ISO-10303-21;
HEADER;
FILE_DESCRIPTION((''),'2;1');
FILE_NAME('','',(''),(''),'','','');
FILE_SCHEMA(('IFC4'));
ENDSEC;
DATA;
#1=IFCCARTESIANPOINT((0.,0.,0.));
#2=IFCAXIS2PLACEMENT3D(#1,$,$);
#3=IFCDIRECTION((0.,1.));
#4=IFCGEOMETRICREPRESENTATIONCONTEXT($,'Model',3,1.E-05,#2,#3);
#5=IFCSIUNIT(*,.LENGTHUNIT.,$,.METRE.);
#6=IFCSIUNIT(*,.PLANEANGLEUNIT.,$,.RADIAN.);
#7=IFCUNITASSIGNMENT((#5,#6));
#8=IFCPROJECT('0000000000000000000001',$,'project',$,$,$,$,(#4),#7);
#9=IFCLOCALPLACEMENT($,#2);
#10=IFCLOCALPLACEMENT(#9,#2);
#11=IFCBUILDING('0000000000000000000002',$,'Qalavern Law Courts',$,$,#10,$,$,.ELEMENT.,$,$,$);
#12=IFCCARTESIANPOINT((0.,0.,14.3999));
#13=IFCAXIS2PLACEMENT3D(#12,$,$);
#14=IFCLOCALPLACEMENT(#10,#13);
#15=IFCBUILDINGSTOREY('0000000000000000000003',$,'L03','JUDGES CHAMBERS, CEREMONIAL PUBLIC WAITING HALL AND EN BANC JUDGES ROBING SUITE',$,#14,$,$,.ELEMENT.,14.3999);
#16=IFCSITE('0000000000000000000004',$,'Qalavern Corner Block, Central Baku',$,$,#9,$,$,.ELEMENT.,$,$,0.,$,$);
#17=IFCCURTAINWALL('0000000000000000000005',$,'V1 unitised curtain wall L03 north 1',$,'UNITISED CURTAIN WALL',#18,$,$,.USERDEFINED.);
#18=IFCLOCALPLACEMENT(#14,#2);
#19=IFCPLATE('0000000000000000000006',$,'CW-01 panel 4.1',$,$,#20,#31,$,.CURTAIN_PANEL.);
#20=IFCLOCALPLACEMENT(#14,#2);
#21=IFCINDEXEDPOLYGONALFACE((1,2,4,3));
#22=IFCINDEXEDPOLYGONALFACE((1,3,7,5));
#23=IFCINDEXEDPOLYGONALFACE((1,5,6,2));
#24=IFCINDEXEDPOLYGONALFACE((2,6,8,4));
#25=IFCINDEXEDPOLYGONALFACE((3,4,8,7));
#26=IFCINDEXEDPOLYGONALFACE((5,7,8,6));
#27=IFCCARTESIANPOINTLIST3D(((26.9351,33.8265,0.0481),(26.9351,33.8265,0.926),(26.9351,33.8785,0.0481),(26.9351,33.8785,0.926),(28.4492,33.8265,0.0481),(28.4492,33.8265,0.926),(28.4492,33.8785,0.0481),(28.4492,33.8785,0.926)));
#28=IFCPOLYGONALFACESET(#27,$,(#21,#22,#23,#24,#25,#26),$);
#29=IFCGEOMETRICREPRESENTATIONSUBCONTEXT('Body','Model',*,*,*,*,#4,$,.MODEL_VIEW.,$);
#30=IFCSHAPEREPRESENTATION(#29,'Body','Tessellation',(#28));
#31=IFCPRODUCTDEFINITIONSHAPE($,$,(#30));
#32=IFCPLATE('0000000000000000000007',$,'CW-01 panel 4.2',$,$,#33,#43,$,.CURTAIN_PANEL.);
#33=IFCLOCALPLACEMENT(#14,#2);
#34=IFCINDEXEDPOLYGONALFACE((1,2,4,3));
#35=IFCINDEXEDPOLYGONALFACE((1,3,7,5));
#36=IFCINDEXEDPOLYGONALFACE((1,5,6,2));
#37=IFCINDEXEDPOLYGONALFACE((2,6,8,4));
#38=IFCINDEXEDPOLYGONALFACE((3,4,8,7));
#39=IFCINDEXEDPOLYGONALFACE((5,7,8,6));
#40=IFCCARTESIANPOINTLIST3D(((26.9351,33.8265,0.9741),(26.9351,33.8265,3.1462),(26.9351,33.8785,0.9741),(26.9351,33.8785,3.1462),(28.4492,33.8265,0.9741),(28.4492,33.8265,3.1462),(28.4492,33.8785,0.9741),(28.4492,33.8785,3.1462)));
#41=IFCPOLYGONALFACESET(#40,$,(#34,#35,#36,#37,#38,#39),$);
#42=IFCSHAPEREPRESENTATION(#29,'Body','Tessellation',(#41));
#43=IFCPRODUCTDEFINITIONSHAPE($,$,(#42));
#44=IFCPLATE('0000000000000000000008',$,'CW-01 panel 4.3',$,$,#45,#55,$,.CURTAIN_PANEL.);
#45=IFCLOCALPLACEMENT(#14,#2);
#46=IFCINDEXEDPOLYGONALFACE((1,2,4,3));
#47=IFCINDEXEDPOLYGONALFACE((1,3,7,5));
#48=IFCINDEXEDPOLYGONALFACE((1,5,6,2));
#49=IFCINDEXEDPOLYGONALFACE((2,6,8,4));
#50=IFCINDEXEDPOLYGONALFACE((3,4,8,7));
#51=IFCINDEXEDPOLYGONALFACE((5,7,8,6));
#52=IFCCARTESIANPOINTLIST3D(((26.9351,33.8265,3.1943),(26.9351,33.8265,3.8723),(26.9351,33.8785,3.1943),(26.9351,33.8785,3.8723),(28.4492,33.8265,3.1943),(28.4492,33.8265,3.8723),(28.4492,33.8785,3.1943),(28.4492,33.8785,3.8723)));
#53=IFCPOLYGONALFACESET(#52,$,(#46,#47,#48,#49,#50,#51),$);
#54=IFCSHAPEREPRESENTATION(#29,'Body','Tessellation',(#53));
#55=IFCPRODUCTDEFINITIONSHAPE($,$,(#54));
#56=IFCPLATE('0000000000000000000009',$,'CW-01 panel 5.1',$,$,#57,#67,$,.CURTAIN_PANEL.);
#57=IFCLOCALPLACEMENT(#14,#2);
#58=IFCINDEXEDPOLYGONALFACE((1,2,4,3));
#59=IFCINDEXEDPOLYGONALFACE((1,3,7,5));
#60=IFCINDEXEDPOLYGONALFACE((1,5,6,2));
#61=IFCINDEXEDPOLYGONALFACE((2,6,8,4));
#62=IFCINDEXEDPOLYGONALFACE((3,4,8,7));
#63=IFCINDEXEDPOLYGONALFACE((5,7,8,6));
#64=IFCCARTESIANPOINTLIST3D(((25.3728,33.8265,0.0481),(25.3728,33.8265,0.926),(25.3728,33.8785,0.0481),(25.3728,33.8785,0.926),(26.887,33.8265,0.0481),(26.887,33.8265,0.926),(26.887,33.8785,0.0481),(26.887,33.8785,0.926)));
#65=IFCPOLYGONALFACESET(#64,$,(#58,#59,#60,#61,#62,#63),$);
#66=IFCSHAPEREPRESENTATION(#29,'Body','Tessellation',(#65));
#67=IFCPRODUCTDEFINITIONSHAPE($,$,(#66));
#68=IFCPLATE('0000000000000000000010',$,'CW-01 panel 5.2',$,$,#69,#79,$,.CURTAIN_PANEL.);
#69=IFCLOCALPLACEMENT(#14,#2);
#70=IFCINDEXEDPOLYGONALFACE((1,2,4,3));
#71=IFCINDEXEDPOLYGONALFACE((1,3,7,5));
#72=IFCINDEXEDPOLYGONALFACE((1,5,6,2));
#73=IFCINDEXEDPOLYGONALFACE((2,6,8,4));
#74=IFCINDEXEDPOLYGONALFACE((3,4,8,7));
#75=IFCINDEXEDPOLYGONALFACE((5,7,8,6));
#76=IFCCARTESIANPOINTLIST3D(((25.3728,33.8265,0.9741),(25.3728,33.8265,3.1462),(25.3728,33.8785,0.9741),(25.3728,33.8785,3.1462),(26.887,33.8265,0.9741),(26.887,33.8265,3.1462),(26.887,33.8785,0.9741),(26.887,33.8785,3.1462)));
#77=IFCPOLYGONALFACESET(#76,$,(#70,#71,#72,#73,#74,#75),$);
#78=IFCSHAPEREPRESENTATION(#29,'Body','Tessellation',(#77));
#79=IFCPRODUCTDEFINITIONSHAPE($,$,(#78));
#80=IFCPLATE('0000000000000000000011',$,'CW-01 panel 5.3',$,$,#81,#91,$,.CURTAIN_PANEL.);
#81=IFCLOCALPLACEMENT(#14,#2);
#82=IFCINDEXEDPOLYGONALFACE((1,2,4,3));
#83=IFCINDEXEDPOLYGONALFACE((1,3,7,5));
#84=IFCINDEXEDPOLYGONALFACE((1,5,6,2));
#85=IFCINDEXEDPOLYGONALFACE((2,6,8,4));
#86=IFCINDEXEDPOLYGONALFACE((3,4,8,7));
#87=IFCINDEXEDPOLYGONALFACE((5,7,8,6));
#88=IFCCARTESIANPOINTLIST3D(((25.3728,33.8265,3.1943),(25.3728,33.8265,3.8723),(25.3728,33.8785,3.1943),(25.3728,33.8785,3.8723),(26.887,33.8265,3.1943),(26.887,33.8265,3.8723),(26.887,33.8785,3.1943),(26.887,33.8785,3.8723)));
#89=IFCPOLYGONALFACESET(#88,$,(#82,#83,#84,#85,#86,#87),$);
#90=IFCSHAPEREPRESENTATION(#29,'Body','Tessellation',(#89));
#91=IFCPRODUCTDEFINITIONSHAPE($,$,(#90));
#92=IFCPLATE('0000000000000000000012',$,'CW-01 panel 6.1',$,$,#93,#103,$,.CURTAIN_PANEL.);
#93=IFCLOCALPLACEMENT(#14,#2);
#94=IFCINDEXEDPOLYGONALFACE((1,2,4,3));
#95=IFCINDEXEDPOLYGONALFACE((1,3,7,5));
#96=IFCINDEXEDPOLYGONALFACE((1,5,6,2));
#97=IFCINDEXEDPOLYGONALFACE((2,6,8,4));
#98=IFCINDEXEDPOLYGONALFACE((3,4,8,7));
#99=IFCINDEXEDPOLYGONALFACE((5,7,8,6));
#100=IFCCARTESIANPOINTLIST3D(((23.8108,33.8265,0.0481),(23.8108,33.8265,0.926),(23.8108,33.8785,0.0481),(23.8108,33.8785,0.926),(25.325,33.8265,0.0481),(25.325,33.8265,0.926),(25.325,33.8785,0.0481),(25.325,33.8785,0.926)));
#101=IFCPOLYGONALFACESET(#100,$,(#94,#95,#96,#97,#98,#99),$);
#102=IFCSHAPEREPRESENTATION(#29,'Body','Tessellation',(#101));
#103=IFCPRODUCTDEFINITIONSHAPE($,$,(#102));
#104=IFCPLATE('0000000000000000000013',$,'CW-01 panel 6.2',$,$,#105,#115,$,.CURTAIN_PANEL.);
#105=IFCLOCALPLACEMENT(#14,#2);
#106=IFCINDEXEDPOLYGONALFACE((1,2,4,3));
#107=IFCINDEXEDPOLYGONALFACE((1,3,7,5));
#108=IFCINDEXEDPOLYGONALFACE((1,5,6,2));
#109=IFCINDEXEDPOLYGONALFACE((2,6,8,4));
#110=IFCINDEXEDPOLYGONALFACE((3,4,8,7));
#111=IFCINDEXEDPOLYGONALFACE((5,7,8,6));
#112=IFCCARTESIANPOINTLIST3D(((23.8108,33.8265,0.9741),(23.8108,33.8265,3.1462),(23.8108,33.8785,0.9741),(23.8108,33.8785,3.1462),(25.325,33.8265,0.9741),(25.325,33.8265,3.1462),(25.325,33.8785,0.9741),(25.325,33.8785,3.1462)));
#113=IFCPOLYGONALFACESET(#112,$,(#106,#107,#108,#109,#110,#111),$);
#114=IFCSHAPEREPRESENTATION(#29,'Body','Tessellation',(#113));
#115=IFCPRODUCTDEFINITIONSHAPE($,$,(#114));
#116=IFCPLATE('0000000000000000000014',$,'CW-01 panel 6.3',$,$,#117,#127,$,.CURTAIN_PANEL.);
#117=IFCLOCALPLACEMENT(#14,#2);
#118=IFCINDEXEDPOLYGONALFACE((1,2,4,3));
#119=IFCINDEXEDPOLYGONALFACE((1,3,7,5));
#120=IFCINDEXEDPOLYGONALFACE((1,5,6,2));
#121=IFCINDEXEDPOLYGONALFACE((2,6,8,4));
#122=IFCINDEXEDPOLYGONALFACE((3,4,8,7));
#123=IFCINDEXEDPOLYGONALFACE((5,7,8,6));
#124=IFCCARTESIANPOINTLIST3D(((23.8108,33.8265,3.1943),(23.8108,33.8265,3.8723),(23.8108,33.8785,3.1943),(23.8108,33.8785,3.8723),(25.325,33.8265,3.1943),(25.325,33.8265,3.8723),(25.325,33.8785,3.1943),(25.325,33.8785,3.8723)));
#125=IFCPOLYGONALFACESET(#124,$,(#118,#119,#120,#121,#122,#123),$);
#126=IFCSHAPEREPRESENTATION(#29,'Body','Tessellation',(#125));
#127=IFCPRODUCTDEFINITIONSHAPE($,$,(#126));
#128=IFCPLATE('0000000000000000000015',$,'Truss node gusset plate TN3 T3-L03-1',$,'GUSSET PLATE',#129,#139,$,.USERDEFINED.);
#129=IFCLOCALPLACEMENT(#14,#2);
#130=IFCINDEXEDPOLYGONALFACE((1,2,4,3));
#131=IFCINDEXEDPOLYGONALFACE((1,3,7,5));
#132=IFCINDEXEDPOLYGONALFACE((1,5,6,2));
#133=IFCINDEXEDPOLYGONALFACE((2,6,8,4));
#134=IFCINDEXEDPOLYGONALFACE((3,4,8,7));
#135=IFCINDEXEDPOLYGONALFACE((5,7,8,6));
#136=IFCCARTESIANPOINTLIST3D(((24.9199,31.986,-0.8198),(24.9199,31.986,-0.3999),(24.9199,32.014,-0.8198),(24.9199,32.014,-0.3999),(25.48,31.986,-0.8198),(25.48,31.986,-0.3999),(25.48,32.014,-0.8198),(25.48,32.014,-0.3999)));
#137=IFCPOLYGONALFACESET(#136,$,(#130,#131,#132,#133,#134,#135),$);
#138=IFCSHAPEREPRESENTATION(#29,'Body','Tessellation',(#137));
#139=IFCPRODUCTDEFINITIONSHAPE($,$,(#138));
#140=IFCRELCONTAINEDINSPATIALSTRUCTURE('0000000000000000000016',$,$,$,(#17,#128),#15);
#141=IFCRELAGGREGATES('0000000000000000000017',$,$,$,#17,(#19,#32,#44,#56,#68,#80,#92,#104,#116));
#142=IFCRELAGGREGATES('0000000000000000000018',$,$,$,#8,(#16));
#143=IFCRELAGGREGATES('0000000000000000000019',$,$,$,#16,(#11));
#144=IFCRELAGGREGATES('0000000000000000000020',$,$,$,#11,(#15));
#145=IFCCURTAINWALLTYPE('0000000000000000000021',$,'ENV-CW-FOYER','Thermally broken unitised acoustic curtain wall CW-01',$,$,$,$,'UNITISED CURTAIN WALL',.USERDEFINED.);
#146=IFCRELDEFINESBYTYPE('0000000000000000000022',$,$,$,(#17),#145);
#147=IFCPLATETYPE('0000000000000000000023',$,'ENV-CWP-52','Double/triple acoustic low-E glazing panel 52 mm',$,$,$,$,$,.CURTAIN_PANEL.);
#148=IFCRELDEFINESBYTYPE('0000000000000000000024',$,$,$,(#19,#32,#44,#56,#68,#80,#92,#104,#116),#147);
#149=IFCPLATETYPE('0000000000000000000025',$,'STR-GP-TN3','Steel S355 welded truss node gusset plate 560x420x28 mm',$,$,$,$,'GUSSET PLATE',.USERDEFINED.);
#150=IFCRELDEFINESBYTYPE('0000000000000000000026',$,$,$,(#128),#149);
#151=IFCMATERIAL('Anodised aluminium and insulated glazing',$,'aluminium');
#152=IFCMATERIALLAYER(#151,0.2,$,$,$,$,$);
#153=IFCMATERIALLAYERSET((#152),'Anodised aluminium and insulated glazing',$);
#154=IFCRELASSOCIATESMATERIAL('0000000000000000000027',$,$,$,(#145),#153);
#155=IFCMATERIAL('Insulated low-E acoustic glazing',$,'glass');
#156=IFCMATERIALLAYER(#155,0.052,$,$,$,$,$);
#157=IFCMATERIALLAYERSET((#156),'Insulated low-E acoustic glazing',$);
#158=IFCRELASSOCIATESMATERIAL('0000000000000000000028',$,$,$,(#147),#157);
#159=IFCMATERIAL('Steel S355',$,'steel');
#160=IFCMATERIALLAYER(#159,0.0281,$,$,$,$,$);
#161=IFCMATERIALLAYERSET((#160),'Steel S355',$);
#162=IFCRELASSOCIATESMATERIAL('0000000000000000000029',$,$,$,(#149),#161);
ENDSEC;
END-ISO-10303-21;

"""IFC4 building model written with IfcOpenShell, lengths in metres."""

from ifc_helpers import new_model, si_unit, direction, frame, origin, origin_2d, place, context, subcontext, project, spatial, rectangle, extrude, material, layer, layer_set, type_object, element, aggregate, save


model = new_model("IFC4")

# Units and contexts
model_context = context("Model", 3, precision=1e-05, world=origin(), true_north=direction((0.0, 1.0)))
body_context = subcontext(model_context, "Body", "Model", "MODEL_VIEW")
ifc_project = project(units=[si_unit("LENGTHUNIT", "METRE"), si_unit("PLANEANGLEUNIT", "RADIAN")], contexts=[model_context])

# Site, building, storey
site_placement = place(None, origin())
site = spatial("IfcSite", under=ifc_project, at=site_placement, Name="Qalavern Corner Block, Central Baku", CompositionType="ELEMENT", RefElevation=0.0)
building_placement = place(site_placement, origin())
building = spatial("IfcBuilding", under=site, at=building_placement, Name="Qalavern Law Courts", CompositionType="ELEMENT")
storey_placement = place(building_placement, frame((0.0, 0.0, 14.3999)))
storey = spatial("IfcBuildingStorey", under=building, at=storey_placement, Name="L03", Description="JUDGES CHAMBERS, CEREMONIAL PUBLIC WAITING HALL AND EN BANC JUDGES ROBING SUITE", CompositionType="ELEMENT", Elevation=14.3999)

# Curtain wall
ifc_material_1 = material(Name="Anodised aluminium and insulated glazing", Category="aluminium")
ifc_layer_1 = layer(ifc_material_1, 0.2)
ifc_layer_set_1 = layer_set([ifc_layer_1], Name="Anodised aluminium and insulated glazing")
curtain_wall_type = type_object("IfcCurtainWallType", Name="ENV-CW-FOYER", Description="Thermally broken unitised acoustic curtain wall CW-01", ElementType="UNITISED CURTAIN WALL", PredefinedType="USERDEFINED", material=ifc_layer_set_1)
curtain_wall_placement = place(storey_placement, origin())
curtain_wall = element("IfcCurtainWall", 1, at=curtain_wall_placement, inside=storey, type_object=curtain_wall_type, Name="V1 unitised curtain wall L03 north 1", ObjectType="UNITISED CURTAIN WALL", PredefinedType="USERDEFINED")

# Shared definitions
ifc_material_2 = material(Name="Steel S355", Category="steel")

# Plates
ifc_material_3 = material(Name="Insulated low-E acoustic glazing", Category="glass")
ifc_layer_2 = layer(ifc_material_3, 0.052)
ifc_layer_set_2 = layer_set([ifc_layer_2], Name="Insulated low-E acoustic glazing")
plate_type_1 = type_object("IfcPlateType", Name="ENV-CWP-52", Description="Double/triple acoustic low-E glazing panel 52 mm", PredefinedType="CURTAIN_PANEL", material=ifc_layer_set_2)
plate_1_placement = place(storey_placement, frame((27.6921, 33.8525, 0.0481), z_axis=(0.0, 0.0, 1.0), x_axis=(-1.0, 0.0, 0.0)))
plate_1 = element("IfcPlate", 2, at=plate_1_placement, type_object=plate_type_1, Name="CW-01 panel 4.1", PredefinedType="CURTAIN_PANEL", context=body_context, shape_type="SweptSolid", body=[
    extrude(rectangle(XDim=1.5142, YDim=0.052, at=origin_2d()), origin(), (0.0, 0.0, 1.0), 0.8779),
])
plate_2_placement = place(storey_placement, frame((27.6921, 33.8525, 0.9741), z_axis=(0.0, 0.0, 1.0), x_axis=(-1.0, 0.0, 0.0)))
plate_2 = element("IfcPlate", 3, at=plate_2_placement, type_object=plate_type_1, Name="CW-01 panel 4.2", PredefinedType="CURTAIN_PANEL", context=body_context, shape_type="SweptSolid", body=[
    extrude(rectangle(XDim=1.5142, YDim=0.052, at=origin_2d()), origin(), (0.0, 0.0, 1.0), 2.1721),
])
plate_3_placement = place(storey_placement, frame((27.6921, 33.8525, 3.1943), z_axis=(0.0, 0.0, 1.0), x_axis=(-1.0, 0.0, 0.0)))
plate_3 = element("IfcPlate", 4, at=plate_3_placement, type_object=plate_type_1, Name="CW-01 panel 4.3", PredefinedType="CURTAIN_PANEL", context=body_context, shape_type="SweptSolid", body=[
    extrude(rectangle(XDim=1.5142, YDim=0.052, at=origin_2d()), origin(), (0.0, 0.0, 1.0), 0.678),
])
plate_4_placement = place(storey_placement, frame((26.1299, 33.8525, 0.0481), z_axis=(0.0, 0.0, 1.0), x_axis=(-1.0, 0.0, 0.0)))
plate_4 = element("IfcPlate", 5, at=plate_4_placement, type_object=plate_type_1, Name="CW-01 panel 5.1", PredefinedType="CURTAIN_PANEL", context=body_context, shape_type="SweptSolid", body=[
    extrude(rectangle(XDim=1.5142, YDim=0.052, at=origin_2d()), origin(), (0.0, 0.0, 1.0), 0.8779),
])
plate_5_placement = place(storey_placement, frame((26.1299, 33.8525, 0.9741), z_axis=(0.0, 0.0, 1.0), x_axis=(-1.0, 0.0, 0.0)))
plate_5 = element("IfcPlate", 6, at=plate_5_placement, type_object=plate_type_1, Name="CW-01 panel 5.2", PredefinedType="CURTAIN_PANEL", context=body_context, shape_type="SweptSolid", body=[
    extrude(rectangle(XDim=1.5142, YDim=0.052, at=origin_2d()), origin(), (0.0, 0.0, 1.0), 2.1721),
])
plate_6_placement = place(storey_placement, frame((26.1299, 33.8525, 3.1943), z_axis=(0.0, 0.0, 1.0), x_axis=(-1.0, 0.0, 0.0)))
plate_6 = element("IfcPlate", 7, at=plate_6_placement, type_object=plate_type_1, Name="CW-01 panel 5.3", PredefinedType="CURTAIN_PANEL", context=body_context, shape_type="SweptSolid", body=[
    extrude(rectangle(XDim=1.5142, YDim=0.052, at=origin_2d()), origin(), (0.0, 0.0, 1.0), 0.678),
])
plate_7_placement = place(storey_placement, frame((24.5679, 33.8525, 0.0481), z_axis=(0.0, 0.0, 1.0), x_axis=(-1.0, 0.0, 0.0)))
plate_7 = element("IfcPlate", 8, at=plate_7_placement, type_object=plate_type_1, Name="CW-01 panel 6.1", PredefinedType="CURTAIN_PANEL", context=body_context, shape_type="SweptSolid", body=[
    extrude(rectangle(XDim=1.5142, YDim=0.052, at=origin_2d()), origin(), (0.0, 0.0, 1.0), 0.8779),
])
plate_8_placement = place(storey_placement, frame((24.5679, 33.8525, 0.9741), z_axis=(0.0, 0.0, 1.0), x_axis=(-1.0, 0.0, 0.0)))
plate_8 = element("IfcPlate", 9, at=plate_8_placement, type_object=plate_type_1, Name="CW-01 panel 6.2", PredefinedType="CURTAIN_PANEL", context=body_context, shape_type="SweptSolid", body=[
    extrude(rectangle(XDim=1.5142, YDim=0.052, at=origin_2d()), origin(), (0.0, 0.0, 1.0), 2.1721),
])
plate_9_placement = place(storey_placement, frame((24.5679, 33.8525, 3.1943), z_axis=(0.0, 0.0, 1.0), x_axis=(-1.0, 0.0, 0.0)))
plate_9 = element("IfcPlate", 10, at=plate_9_placement, type_object=plate_type_1, Name="CW-01 panel 6.3", PredefinedType="CURTAIN_PANEL", context=body_context, shape_type="SweptSolid", body=[
    extrude(rectangle(XDim=1.5142, YDim=0.052, at=origin_2d()), origin(), (0.0, 0.0, 1.0), 0.678),
])
aggregate(curtain_wall, [plate_1, plate_2, plate_3, plate_4, plate_5, plate_6, plate_7, plate_8, plate_9])
ifc_layer_3 = layer(ifc_material_2, 0.0281)
ifc_layer_set_3 = layer_set([ifc_layer_3], Name="Steel S355")
plate_type_2 = type_object("IfcPlateType", Name="STR-GP-TN3", Description="Steel S355 welded truss node gusset plate 560x420x28 mm", ElementType="GUSSET PLATE", PredefinedType="USERDEFINED", material=ifc_layer_set_3)
plate_10_placement = place(storey_placement, frame((25.2, 32.0, -0.8198), z_axis=(0.0, 0.0, 1.0), x_axis=(1.0, 0.0, 0.0)))
element("IfcPlate", 11, at=plate_10_placement, inside=storey, type_object=plate_type_2, Name="Truss node gusset plate TN3 T3-L03-1", ObjectType="GUSSET PLATE", PredefinedType="USERDEFINED", context=body_context, shape_type="SweptSolid", body=[
    extrude(rectangle(XDim=0.5601, YDim=0.0281, at=origin_2d()), origin(), (0.0, 0.0, 1.0), 0.4199),
])

save(model, "model.ifc")
